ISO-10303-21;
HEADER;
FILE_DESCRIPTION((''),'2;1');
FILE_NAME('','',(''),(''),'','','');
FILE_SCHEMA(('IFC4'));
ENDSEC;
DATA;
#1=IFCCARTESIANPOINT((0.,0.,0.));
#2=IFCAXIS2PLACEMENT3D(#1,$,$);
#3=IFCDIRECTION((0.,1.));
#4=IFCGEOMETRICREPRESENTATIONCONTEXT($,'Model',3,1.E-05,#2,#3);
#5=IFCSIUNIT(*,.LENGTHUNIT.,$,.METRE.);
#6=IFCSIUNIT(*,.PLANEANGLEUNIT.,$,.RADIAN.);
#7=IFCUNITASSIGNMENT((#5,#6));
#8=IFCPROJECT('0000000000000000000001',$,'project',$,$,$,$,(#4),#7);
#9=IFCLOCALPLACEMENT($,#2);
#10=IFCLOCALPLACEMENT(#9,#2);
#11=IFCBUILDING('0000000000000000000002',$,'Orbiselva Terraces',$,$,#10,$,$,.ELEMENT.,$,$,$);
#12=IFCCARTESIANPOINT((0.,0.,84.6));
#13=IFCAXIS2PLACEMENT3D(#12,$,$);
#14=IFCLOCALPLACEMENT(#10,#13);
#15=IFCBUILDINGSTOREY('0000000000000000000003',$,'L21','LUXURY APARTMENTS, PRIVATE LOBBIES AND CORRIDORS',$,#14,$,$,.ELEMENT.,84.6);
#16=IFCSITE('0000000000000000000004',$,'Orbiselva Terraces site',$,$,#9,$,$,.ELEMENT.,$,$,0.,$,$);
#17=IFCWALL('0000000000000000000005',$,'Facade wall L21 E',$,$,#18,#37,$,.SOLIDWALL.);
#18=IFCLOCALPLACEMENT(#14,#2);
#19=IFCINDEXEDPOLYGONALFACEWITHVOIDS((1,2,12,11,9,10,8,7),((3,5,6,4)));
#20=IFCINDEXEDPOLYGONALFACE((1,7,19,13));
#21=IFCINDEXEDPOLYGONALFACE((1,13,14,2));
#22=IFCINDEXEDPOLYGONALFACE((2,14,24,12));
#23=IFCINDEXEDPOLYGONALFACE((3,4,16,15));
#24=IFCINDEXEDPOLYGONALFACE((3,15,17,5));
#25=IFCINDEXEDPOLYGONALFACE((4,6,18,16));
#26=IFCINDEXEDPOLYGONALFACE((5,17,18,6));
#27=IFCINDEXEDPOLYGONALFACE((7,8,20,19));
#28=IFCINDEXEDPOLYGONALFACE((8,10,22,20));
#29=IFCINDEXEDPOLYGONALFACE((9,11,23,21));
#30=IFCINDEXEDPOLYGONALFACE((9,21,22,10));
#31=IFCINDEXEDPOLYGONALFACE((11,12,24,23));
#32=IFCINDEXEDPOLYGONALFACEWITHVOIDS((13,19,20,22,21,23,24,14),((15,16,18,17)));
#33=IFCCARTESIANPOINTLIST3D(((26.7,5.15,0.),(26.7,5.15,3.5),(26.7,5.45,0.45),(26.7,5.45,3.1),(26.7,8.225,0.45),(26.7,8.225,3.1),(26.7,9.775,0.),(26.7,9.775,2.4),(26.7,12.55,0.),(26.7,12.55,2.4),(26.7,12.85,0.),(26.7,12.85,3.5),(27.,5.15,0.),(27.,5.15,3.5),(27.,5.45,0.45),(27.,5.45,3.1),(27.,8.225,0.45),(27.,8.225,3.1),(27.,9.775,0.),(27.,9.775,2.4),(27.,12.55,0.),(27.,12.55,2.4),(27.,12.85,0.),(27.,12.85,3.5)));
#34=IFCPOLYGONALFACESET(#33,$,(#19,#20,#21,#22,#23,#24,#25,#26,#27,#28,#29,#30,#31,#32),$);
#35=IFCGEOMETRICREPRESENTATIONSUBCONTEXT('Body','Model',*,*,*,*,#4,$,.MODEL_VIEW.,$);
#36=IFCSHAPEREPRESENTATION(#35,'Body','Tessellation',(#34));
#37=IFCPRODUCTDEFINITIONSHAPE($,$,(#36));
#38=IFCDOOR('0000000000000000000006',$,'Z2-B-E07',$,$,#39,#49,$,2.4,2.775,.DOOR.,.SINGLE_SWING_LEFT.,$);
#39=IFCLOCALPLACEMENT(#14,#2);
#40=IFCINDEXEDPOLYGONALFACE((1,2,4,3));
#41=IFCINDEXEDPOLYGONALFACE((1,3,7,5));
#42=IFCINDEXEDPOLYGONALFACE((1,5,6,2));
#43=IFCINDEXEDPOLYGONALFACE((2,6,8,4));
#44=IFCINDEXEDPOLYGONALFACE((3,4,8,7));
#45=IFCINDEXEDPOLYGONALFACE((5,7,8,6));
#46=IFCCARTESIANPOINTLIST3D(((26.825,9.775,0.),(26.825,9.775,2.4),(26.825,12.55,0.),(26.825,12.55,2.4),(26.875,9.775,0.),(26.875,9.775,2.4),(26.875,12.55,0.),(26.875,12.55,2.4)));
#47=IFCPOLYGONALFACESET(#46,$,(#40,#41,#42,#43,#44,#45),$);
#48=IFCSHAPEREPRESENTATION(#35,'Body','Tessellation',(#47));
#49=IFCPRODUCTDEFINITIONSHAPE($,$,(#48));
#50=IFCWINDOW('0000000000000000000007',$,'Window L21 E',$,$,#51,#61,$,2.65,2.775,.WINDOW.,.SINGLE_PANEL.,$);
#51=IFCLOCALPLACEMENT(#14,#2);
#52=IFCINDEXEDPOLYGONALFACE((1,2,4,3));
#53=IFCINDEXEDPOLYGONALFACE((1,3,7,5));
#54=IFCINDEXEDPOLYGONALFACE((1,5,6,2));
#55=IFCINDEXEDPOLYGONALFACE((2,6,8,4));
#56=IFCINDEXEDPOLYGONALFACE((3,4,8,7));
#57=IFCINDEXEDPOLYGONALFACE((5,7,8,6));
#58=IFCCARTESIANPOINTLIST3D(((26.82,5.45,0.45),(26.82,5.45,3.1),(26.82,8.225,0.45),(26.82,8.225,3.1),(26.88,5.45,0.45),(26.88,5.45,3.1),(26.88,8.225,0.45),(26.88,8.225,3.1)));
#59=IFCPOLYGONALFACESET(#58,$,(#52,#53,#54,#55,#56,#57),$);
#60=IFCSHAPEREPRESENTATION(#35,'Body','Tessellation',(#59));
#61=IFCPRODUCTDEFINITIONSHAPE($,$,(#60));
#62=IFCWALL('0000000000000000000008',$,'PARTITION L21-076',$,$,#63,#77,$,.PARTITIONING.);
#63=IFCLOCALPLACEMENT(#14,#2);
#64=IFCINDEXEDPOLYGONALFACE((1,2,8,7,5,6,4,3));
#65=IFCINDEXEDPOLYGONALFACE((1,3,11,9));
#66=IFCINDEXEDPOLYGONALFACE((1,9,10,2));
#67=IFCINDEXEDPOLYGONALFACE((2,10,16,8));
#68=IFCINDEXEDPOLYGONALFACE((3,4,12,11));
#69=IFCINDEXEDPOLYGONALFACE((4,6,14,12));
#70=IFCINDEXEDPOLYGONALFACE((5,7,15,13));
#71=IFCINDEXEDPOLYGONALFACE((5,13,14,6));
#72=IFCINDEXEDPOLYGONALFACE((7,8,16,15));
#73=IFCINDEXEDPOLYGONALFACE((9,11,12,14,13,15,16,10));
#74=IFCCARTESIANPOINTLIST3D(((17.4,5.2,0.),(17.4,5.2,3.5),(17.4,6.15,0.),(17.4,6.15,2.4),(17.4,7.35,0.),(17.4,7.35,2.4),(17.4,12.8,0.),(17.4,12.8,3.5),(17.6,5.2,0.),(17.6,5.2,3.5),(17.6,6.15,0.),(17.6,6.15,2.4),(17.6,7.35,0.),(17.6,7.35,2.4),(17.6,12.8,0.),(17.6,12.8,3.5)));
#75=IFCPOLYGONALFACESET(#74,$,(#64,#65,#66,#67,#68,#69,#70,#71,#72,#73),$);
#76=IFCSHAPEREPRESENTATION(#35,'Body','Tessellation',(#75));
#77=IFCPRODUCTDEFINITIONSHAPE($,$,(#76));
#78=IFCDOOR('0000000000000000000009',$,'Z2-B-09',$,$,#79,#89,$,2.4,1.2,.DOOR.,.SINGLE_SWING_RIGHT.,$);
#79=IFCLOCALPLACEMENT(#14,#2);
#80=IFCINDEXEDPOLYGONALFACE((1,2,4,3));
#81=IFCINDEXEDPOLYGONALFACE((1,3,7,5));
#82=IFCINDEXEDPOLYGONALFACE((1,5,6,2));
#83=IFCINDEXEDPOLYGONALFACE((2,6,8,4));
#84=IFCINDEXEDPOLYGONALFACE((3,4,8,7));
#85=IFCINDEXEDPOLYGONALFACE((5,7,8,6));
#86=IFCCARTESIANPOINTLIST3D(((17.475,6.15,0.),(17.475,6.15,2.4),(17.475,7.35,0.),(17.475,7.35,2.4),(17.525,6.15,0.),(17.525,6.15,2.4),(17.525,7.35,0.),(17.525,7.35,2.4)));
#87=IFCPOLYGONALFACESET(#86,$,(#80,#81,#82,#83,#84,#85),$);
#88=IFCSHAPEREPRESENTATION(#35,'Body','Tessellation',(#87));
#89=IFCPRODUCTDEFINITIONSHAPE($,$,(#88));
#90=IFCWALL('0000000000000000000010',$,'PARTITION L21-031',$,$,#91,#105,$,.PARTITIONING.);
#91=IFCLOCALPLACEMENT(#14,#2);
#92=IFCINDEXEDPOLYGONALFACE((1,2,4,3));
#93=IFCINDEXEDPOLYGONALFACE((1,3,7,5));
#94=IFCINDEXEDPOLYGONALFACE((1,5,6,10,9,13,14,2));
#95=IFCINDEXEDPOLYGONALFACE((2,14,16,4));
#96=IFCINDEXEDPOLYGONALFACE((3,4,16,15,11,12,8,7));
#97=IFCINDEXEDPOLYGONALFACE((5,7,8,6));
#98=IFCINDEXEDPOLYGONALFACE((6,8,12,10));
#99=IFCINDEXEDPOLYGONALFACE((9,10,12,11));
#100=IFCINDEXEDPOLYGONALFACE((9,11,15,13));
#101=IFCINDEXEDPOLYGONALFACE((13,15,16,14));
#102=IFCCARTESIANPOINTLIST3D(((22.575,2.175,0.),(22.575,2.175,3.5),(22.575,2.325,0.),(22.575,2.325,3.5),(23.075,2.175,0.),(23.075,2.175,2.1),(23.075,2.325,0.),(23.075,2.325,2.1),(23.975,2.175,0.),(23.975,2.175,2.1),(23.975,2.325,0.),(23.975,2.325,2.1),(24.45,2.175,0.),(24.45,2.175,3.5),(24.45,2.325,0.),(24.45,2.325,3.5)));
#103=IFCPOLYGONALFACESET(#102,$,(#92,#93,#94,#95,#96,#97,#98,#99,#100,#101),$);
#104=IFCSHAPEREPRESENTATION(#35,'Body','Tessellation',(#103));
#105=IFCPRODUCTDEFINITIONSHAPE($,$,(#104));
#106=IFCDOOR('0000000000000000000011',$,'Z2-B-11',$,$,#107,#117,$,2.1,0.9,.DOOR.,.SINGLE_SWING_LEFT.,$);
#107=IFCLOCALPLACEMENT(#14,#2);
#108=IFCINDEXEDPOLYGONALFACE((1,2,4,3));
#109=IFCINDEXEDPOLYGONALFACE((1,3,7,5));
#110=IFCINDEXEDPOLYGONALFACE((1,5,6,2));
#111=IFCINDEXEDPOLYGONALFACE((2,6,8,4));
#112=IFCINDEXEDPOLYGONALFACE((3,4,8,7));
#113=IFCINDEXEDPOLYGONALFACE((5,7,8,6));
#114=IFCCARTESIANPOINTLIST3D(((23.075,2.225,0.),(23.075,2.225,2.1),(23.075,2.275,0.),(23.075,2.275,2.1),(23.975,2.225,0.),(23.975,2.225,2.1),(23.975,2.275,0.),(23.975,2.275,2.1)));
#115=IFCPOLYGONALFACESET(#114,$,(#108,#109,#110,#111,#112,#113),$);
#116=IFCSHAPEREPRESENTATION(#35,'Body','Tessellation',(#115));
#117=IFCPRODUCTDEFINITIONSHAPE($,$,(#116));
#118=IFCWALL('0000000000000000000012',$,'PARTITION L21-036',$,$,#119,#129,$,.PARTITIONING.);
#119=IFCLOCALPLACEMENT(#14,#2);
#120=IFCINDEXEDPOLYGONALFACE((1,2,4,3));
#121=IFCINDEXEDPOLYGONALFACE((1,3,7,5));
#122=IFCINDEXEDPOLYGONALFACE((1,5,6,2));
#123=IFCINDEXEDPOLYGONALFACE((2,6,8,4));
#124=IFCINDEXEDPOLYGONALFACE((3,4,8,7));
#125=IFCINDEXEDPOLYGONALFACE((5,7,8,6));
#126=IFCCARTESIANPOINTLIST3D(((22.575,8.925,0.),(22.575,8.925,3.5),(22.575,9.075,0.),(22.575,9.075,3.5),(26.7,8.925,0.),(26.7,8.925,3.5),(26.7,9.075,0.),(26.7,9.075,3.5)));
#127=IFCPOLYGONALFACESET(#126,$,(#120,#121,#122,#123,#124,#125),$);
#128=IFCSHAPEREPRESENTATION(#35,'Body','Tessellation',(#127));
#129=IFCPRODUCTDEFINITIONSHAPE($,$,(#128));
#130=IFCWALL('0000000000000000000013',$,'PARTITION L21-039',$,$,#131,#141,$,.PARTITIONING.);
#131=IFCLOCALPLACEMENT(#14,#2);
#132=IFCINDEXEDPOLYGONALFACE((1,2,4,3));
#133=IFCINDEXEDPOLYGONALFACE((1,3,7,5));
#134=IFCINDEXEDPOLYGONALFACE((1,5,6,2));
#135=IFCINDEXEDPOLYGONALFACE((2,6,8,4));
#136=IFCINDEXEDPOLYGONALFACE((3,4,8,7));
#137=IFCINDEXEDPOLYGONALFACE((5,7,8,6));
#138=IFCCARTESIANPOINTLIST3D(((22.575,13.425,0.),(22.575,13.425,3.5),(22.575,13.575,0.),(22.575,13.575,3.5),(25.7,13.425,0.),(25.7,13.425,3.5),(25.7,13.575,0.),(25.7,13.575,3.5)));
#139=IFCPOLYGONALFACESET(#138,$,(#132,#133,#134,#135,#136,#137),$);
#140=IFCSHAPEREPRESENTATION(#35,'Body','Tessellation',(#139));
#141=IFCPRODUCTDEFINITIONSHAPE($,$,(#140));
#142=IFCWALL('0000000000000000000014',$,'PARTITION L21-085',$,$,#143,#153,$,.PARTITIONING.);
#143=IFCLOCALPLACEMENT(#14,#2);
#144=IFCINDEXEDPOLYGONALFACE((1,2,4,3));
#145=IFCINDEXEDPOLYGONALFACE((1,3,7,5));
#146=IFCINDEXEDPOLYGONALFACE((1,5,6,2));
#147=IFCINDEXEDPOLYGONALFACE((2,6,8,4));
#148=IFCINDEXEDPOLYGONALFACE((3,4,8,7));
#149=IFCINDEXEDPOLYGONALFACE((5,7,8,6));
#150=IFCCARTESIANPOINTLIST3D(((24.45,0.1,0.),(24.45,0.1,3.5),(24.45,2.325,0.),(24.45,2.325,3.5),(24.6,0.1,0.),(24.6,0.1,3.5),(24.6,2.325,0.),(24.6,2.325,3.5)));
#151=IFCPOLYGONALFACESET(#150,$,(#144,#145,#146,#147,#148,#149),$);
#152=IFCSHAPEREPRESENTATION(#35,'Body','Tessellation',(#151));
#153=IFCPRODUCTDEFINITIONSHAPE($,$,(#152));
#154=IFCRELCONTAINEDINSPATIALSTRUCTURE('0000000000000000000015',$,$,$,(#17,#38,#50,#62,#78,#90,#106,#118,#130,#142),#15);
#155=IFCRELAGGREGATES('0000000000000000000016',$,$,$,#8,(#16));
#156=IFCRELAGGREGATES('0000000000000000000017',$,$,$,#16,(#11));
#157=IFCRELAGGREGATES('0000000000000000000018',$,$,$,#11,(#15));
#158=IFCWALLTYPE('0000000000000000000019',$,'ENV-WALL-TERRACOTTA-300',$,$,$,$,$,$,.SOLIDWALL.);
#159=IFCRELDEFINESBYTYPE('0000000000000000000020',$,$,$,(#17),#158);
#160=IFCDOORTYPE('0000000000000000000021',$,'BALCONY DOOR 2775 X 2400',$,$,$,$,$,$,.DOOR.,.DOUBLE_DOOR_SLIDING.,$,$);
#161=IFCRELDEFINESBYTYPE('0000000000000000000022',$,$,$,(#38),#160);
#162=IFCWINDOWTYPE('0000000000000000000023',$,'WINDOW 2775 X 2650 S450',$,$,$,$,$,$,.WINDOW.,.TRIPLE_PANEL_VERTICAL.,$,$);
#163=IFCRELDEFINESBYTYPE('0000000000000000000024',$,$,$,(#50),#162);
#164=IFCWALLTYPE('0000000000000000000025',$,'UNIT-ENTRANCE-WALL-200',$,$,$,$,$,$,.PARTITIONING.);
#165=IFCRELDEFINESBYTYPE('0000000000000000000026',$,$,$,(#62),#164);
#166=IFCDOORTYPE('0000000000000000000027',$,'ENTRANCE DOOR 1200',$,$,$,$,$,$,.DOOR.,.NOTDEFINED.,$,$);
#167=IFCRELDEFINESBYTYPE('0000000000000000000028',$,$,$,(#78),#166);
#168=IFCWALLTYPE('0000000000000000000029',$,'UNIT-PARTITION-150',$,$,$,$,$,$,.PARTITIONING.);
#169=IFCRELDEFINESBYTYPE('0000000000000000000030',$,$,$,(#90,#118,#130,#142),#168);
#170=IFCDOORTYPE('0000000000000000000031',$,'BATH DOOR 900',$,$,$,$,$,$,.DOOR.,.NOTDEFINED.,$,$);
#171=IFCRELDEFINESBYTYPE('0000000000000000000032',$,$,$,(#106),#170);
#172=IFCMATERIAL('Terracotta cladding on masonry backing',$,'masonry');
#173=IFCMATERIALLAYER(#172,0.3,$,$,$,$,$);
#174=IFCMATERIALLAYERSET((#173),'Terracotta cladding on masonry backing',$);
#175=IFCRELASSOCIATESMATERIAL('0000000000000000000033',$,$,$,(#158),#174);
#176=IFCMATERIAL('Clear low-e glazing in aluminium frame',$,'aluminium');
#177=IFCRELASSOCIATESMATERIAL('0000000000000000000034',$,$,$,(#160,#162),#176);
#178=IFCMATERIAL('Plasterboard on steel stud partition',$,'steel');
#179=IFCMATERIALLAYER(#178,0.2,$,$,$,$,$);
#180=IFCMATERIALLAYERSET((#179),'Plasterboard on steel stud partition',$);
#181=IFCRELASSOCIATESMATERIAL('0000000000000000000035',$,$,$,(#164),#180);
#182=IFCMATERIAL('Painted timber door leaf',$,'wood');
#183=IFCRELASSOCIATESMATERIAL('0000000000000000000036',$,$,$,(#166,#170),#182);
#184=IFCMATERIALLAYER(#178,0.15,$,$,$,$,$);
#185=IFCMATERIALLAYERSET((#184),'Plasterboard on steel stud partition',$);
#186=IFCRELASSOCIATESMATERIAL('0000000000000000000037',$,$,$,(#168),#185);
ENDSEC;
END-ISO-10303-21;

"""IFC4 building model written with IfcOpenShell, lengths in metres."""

from ifc_helpers import new_model, si_unit, direction, frame, frame_2d, origin, place, context, subcontext, project, spatial, rectangle, extrude, material, layer, layer_set, type_object, element, fill, save


model = new_model("IFC4")

# Units and contexts
model_context = context("Model", 3, precision=1e-05, world=origin(), true_north=direction((0.0, 1.0)))
body_context = subcontext(model_context, "Body", "Model", "MODEL_VIEW")
ifc_project = project(units=[si_unit("LENGTHUNIT", "METRE"), si_unit("PLANEANGLEUNIT", "RADIAN")], contexts=[model_context])

# Site, building, storey
site_placement = place(None, origin())
site = spatial("IfcSite", under=ifc_project, at=site_placement, Name="Orbiselva Terraces site", CompositionType="ELEMENT", RefElevation=0.0)
building_placement = place(site_placement, origin())
building = spatial("IfcBuilding", under=site, at=building_placement, Name="Orbiselva Terraces", CompositionType="ELEMENT")
storey_placement = place(building_placement, frame((0.0, 0.0, 84.6)))
storey = spatial("IfcBuildingStorey", under=building, at=storey_placement, Name="L21", Description="LUXURY APARTMENTS, PRIVATE LOBBIES AND CORRIDORS", CompositionType="ELEMENT", Elevation=84.6)

# Wall, openings, door, window
ifc_material_1 = material(Name="Terracotta cladding on masonry backing", Category="masonry")
ifc_layer_1 = layer(ifc_material_1, 0.3)
ifc_layer_set_1 = layer_set([ifc_layer_1], Name="Terracotta cladding on masonry backing")
wall_type_1 = type_object("IfcWallType", Name="ENV-WALL-TERRACOTTA-300", PredefinedType="SOLIDWALL", material=ifc_layer_set_1)
ifc_material_2 = material(Name="Clear low-e glazing in aluminium frame", Category="aluminium")
door_type_1 = type_object("IfcDoorType", Name="BALCONY DOOR 2775 X 2400", OperationType="DOUBLE_DOOR_SLIDING", PredefinedType="DOOR", material=ifc_material_2)
window_type = type_object("IfcWindowType", Name="WINDOW 2775 X 2650 S450", PartitioningType="TRIPLE_PANEL_VERTICAL", PredefinedType="WINDOW", material=ifc_material_2)
wall_1_placement = place(storey_placement, frame((26.85, 12.85, 0.0), z_axis=(0.0, 0.0, 1.0), x_axis=(0.0, -1.0, 0.0)))
wall_1 = element("IfcWall", 1, at=wall_1_placement, inside=storey, type_object=wall_type_1, Name="Facade wall L21 E", PredefinedType="SOLIDWALL", context=body_context, shape_type="SweptSolid", body=[
    extrude(rectangle(XDim=7.7, YDim=0.3, at=frame_2d((3.85, 0.0))), origin(), (0.0, 0.0, 1.0), 3.5),
])
opening_1_placement = place(wall_1_placement, frame((4.625, 0.0, 0.45)))
opening_1 = element("IfcOpeningElement", 2, at=opening_1_placement, cuts=wall_1, PredefinedType="OPENING", context=body_context, shape_type="SweptSolid", body=[
    extrude(rectangle(XDim=2.775, YDim=2.65, at=frame_2d((1.3875, 1.325))), frame((0.0, 0.16, 0.0), z_axis=(0.0, -1.0, 0.0), x_axis=(1.0, 0.0, 0.0)), (0.0, 0.0, 1.0), 0.32),
])
opening_2_placement = place(wall_1_placement, frame((0.3, 0.0, 0.0)))
opening_2 = element("IfcOpeningElement", 3, at=opening_2_placement, cuts=wall_1, PredefinedType="OPENING", context=body_context, shape_type="SweptSolid", body=[
    extrude(rectangle(XDim=2.775, YDim=2.4, at=frame_2d((1.3875, 1.2))), frame((0.0, 0.16, 0.0), z_axis=(0.0, -1.0, 0.0), x_axis=(1.0, 0.0, 0.0)), (0.0, 0.0, 1.0), 0.32),
])
door_1_placement = place(opening_2_placement, origin())
door_1 = element("IfcDoor", 4, at=door_1_placement, inside=storey, type_object=door_type_1, Name="Z2-B-E07", OperationType="SINGLE_SWING_LEFT", OverallHeight=2.4, OverallWidth=2.775, PredefinedType="DOOR", context=body_context, shape_type="SweptSolid", body=[
    extrude(rectangle(XDim=2.775, YDim=2.4, at=frame_2d((1.3875, 1.2))), frame((0.0, 0.025, 0.0), z_axis=(0.0, -1.0, 0.0), x_axis=(1.0, 0.0, 0.0)), (0.0, 0.0, 1.0), 0.05),
])
fill(opening_2, door_1)
window_1_placement = place(opening_1_placement, origin())
window_1 = element("IfcWindow", 5, at=window_1_placement, inside=storey, type_object=window_type, Name="Window L21 E", OverallHeight=2.65, OverallWidth=2.775, PartitioningType="SINGLE_PANEL", PredefinedType="WINDOW", context=body_context, shape_type="SweptSolid", body=[
    extrude(rectangle(XDim=2.775, YDim=2.65, at=frame_2d((1.3875, 1.325))), frame((0.0, 0.03, 0.0), z_axis=(0.0, -1.0, 0.0), x_axis=(1.0, 0.0, 0.0)), (0.0, 0.0, 1.0), 0.06),
])
fill(opening_1, window_1)

# Walls, openings, doors
ifc_material_3 = material(Name="Plasterboard on steel stud partition", Category="steel")
ifc_layer_2 = layer(ifc_material_3, 0.2)
ifc_layer_set_2 = layer_set([ifc_layer_2], Name="Plasterboard on steel stud partition")
wall_type_2 = type_object("IfcWallType", Name="UNIT-ENTRANCE-WALL-200", PredefinedType="PARTITIONING", material=ifc_layer_set_2)
wall_2_placement = place(storey_placement, frame((17.5, 12.8, 0.0), z_axis=(0.0, 0.0, 1.0), x_axis=(0.0, -1.0, 0.0)))
wall_2 = element("IfcWall", 6, at=wall_2_placement, inside=storey, type_object=wall_type_2, Name="PARTITION L21-076", PredefinedType="PARTITIONING", context=body_context, shape_type="SweptSolid", body=[
    extrude(rectangle(XDim=7.6, YDim=0.2, at=frame_2d((3.8, 0.0))), origin(), (0.0, 0.0, 1.0), 3.5),
])
opening_3_placement = place(wall_2_placement, frame((5.45, 0.0, 0.0)))
opening_3 = element("IfcOpeningElement", 7, at=opening_3_placement, cuts=wall_2, PredefinedType="OPENING", context=body_context, shape_type="SweptSolid", body=[
    extrude(rectangle(XDim=1.2, YDim=2.4, at=frame_2d((0.6, 1.2))), frame((0.0, 0.11, 0.0), z_axis=(0.0, -1.0, 0.0), x_axis=(1.0, 0.0, 0.0)), (0.0, 0.0, 1.0), 0.22),
])
ifc_material_4 = material(Name="Painted timber door leaf", Category="wood")
door_type_2 = type_object("IfcDoorType", Name="ENTRANCE DOOR 1200", OperationType="NOTDEFINED", PredefinedType="DOOR", material=ifc_material_4)
door_2_placement = place(opening_3_placement, origin())
door_2 = element("IfcDoor", 8, at=door_2_placement, inside=storey, type_object=door_type_2, Name="Z2-B-09", OperationType="SINGLE_SWING_RIGHT", OverallHeight=2.4, OverallWidth=1.2, PredefinedType="DOOR", context=body_context, shape_type="SweptSolid", body=[
    extrude(rectangle(XDim=1.2, YDim=2.4, at=frame_2d((0.6, 1.2))), frame((0.0, 0.025, 0.0), z_axis=(0.0, -1.0, 0.0), x_axis=(1.0, 0.0, 0.0)), (0.0, 0.0, 1.0), 0.05),
])
fill(opening_3, door_2)
ifc_layer_3 = layer(ifc_material_3, 0.15)
ifc_layer_set_3 = layer_set([ifc_layer_3], Name="Plasterboard on steel stud partition")
wall_type_3 = type_object("IfcWallType", Name="UNIT-PARTITION-150", PredefinedType="PARTITIONING", material=ifc_layer_set_3)
wall_3_placement = place(storey_placement, frame((24.45, 2.25, 0.0), z_axis=(0.0, 0.0, 1.0), x_axis=(-1.0, 0.0, 0.0)))
wall_3 = element("IfcWall", 9, at=wall_3_placement, inside=storey, type_object=wall_type_3, Name="PARTITION L21-031", PredefinedType="PARTITIONING", context=body_context, shape_type="SweptSolid", body=[
    extrude(rectangle(XDim=1.875, YDim=0.15, at=frame_2d((0.9375, 0.0))), origin(), (0.0, 0.0, 1.0), 3.5),
])
opening_4_placement = place(wall_3_placement, frame((0.475, 0.0, 0.0)))
opening_4 = element("IfcOpeningElement", 10, at=opening_4_placement, cuts=wall_3, PredefinedType="OPENING", context=body_context, shape_type="SweptSolid", body=[
    extrude(rectangle(XDim=0.9, YDim=2.1, at=frame_2d((0.45, 1.05))), frame((0.0, 0.085, 0.0), z_axis=(0.0, -1.0, 0.0), x_axis=(1.0, 0.0, 0.0)), (0.0, 0.0, 1.0), 0.17),
])
door_type_3 = type_object("IfcDoorType", Name="BATH DOOR 900", OperationType="NOTDEFINED", PredefinedType="DOOR", material=ifc_material_4)
door_3_placement = place(opening_4_placement, origin())
door_3 = element("IfcDoor", 11, at=door_3_placement, inside=storey, type_object=door_type_3, Name="Z2-B-11", OperationType="SINGLE_SWING_LEFT", OverallHeight=2.1, OverallWidth=0.9, PredefinedType="DOOR", context=body_context, shape_type="SweptSolid", body=[
    extrude(rectangle(XDim=0.9, YDim=2.1, at=frame_2d((0.45, 1.05))), frame((0.0, 0.025, 0.0), z_axis=(0.0, -1.0, 0.0), x_axis=(1.0, 0.0, 0.0)), (0.0, 0.0, 1.0), 0.05),
])
fill(opening_4, door_3)

# Walls
wall_4_placement = place(storey_placement, frame((22.575, 9.0, 0.0), z_axis=(0.0, 0.0, 1.0), x_axis=(1.0, 0.0, 0.0)))
element("IfcWall", 12, at=wall_4_placement, inside=storey, type_object=wall_type_3, Name="PARTITION L21-036", PredefinedType="PARTITIONING", context=body_context, shape_type="SweptSolid", body=[
    extrude(rectangle(XDim=4.125, YDim=0.15, at=frame_2d((2.0625, 0.0))), origin(), (0.0, 0.0, 1.0), 3.5),
])
wall_5_placement = place(storey_placement, frame((22.575, 13.5, 0.0), z_axis=(0.0, 0.0, 1.0), x_axis=(1.0, 0.0, 0.0)))
element("IfcWall", 13, at=wall_5_placement, inside=storey, type_object=wall_type_3, Name="PARTITION L21-039", PredefinedType="PARTITIONING", context=body_context, shape_type="SweptSolid", body=[
    extrude(rectangle(XDim=3.125, YDim=0.15, at=frame_2d((1.5625, 0.0))), origin(), (0.0, 0.0, 1.0), 3.5),
])
wall_6_placement = place(storey_placement, frame((24.525, 0.1, 0.0), z_axis=(0.0, 0.0, 1.0), x_axis=(0.0, 1.0, 0.0)))
element("IfcWall", 14, at=wall_6_placement, inside=storey, type_object=wall_type_3, Name="PARTITION L21-085", PredefinedType="PARTITIONING", context=body_context, shape_type="SweptSolid", body=[
    extrude(rectangle(XDim=2.225, YDim=0.15, at=frame_2d((1.1125, 0.0))), origin(), (0.0, 0.0, 1.0), 3.5),
])

save(model, "model.ifc")
